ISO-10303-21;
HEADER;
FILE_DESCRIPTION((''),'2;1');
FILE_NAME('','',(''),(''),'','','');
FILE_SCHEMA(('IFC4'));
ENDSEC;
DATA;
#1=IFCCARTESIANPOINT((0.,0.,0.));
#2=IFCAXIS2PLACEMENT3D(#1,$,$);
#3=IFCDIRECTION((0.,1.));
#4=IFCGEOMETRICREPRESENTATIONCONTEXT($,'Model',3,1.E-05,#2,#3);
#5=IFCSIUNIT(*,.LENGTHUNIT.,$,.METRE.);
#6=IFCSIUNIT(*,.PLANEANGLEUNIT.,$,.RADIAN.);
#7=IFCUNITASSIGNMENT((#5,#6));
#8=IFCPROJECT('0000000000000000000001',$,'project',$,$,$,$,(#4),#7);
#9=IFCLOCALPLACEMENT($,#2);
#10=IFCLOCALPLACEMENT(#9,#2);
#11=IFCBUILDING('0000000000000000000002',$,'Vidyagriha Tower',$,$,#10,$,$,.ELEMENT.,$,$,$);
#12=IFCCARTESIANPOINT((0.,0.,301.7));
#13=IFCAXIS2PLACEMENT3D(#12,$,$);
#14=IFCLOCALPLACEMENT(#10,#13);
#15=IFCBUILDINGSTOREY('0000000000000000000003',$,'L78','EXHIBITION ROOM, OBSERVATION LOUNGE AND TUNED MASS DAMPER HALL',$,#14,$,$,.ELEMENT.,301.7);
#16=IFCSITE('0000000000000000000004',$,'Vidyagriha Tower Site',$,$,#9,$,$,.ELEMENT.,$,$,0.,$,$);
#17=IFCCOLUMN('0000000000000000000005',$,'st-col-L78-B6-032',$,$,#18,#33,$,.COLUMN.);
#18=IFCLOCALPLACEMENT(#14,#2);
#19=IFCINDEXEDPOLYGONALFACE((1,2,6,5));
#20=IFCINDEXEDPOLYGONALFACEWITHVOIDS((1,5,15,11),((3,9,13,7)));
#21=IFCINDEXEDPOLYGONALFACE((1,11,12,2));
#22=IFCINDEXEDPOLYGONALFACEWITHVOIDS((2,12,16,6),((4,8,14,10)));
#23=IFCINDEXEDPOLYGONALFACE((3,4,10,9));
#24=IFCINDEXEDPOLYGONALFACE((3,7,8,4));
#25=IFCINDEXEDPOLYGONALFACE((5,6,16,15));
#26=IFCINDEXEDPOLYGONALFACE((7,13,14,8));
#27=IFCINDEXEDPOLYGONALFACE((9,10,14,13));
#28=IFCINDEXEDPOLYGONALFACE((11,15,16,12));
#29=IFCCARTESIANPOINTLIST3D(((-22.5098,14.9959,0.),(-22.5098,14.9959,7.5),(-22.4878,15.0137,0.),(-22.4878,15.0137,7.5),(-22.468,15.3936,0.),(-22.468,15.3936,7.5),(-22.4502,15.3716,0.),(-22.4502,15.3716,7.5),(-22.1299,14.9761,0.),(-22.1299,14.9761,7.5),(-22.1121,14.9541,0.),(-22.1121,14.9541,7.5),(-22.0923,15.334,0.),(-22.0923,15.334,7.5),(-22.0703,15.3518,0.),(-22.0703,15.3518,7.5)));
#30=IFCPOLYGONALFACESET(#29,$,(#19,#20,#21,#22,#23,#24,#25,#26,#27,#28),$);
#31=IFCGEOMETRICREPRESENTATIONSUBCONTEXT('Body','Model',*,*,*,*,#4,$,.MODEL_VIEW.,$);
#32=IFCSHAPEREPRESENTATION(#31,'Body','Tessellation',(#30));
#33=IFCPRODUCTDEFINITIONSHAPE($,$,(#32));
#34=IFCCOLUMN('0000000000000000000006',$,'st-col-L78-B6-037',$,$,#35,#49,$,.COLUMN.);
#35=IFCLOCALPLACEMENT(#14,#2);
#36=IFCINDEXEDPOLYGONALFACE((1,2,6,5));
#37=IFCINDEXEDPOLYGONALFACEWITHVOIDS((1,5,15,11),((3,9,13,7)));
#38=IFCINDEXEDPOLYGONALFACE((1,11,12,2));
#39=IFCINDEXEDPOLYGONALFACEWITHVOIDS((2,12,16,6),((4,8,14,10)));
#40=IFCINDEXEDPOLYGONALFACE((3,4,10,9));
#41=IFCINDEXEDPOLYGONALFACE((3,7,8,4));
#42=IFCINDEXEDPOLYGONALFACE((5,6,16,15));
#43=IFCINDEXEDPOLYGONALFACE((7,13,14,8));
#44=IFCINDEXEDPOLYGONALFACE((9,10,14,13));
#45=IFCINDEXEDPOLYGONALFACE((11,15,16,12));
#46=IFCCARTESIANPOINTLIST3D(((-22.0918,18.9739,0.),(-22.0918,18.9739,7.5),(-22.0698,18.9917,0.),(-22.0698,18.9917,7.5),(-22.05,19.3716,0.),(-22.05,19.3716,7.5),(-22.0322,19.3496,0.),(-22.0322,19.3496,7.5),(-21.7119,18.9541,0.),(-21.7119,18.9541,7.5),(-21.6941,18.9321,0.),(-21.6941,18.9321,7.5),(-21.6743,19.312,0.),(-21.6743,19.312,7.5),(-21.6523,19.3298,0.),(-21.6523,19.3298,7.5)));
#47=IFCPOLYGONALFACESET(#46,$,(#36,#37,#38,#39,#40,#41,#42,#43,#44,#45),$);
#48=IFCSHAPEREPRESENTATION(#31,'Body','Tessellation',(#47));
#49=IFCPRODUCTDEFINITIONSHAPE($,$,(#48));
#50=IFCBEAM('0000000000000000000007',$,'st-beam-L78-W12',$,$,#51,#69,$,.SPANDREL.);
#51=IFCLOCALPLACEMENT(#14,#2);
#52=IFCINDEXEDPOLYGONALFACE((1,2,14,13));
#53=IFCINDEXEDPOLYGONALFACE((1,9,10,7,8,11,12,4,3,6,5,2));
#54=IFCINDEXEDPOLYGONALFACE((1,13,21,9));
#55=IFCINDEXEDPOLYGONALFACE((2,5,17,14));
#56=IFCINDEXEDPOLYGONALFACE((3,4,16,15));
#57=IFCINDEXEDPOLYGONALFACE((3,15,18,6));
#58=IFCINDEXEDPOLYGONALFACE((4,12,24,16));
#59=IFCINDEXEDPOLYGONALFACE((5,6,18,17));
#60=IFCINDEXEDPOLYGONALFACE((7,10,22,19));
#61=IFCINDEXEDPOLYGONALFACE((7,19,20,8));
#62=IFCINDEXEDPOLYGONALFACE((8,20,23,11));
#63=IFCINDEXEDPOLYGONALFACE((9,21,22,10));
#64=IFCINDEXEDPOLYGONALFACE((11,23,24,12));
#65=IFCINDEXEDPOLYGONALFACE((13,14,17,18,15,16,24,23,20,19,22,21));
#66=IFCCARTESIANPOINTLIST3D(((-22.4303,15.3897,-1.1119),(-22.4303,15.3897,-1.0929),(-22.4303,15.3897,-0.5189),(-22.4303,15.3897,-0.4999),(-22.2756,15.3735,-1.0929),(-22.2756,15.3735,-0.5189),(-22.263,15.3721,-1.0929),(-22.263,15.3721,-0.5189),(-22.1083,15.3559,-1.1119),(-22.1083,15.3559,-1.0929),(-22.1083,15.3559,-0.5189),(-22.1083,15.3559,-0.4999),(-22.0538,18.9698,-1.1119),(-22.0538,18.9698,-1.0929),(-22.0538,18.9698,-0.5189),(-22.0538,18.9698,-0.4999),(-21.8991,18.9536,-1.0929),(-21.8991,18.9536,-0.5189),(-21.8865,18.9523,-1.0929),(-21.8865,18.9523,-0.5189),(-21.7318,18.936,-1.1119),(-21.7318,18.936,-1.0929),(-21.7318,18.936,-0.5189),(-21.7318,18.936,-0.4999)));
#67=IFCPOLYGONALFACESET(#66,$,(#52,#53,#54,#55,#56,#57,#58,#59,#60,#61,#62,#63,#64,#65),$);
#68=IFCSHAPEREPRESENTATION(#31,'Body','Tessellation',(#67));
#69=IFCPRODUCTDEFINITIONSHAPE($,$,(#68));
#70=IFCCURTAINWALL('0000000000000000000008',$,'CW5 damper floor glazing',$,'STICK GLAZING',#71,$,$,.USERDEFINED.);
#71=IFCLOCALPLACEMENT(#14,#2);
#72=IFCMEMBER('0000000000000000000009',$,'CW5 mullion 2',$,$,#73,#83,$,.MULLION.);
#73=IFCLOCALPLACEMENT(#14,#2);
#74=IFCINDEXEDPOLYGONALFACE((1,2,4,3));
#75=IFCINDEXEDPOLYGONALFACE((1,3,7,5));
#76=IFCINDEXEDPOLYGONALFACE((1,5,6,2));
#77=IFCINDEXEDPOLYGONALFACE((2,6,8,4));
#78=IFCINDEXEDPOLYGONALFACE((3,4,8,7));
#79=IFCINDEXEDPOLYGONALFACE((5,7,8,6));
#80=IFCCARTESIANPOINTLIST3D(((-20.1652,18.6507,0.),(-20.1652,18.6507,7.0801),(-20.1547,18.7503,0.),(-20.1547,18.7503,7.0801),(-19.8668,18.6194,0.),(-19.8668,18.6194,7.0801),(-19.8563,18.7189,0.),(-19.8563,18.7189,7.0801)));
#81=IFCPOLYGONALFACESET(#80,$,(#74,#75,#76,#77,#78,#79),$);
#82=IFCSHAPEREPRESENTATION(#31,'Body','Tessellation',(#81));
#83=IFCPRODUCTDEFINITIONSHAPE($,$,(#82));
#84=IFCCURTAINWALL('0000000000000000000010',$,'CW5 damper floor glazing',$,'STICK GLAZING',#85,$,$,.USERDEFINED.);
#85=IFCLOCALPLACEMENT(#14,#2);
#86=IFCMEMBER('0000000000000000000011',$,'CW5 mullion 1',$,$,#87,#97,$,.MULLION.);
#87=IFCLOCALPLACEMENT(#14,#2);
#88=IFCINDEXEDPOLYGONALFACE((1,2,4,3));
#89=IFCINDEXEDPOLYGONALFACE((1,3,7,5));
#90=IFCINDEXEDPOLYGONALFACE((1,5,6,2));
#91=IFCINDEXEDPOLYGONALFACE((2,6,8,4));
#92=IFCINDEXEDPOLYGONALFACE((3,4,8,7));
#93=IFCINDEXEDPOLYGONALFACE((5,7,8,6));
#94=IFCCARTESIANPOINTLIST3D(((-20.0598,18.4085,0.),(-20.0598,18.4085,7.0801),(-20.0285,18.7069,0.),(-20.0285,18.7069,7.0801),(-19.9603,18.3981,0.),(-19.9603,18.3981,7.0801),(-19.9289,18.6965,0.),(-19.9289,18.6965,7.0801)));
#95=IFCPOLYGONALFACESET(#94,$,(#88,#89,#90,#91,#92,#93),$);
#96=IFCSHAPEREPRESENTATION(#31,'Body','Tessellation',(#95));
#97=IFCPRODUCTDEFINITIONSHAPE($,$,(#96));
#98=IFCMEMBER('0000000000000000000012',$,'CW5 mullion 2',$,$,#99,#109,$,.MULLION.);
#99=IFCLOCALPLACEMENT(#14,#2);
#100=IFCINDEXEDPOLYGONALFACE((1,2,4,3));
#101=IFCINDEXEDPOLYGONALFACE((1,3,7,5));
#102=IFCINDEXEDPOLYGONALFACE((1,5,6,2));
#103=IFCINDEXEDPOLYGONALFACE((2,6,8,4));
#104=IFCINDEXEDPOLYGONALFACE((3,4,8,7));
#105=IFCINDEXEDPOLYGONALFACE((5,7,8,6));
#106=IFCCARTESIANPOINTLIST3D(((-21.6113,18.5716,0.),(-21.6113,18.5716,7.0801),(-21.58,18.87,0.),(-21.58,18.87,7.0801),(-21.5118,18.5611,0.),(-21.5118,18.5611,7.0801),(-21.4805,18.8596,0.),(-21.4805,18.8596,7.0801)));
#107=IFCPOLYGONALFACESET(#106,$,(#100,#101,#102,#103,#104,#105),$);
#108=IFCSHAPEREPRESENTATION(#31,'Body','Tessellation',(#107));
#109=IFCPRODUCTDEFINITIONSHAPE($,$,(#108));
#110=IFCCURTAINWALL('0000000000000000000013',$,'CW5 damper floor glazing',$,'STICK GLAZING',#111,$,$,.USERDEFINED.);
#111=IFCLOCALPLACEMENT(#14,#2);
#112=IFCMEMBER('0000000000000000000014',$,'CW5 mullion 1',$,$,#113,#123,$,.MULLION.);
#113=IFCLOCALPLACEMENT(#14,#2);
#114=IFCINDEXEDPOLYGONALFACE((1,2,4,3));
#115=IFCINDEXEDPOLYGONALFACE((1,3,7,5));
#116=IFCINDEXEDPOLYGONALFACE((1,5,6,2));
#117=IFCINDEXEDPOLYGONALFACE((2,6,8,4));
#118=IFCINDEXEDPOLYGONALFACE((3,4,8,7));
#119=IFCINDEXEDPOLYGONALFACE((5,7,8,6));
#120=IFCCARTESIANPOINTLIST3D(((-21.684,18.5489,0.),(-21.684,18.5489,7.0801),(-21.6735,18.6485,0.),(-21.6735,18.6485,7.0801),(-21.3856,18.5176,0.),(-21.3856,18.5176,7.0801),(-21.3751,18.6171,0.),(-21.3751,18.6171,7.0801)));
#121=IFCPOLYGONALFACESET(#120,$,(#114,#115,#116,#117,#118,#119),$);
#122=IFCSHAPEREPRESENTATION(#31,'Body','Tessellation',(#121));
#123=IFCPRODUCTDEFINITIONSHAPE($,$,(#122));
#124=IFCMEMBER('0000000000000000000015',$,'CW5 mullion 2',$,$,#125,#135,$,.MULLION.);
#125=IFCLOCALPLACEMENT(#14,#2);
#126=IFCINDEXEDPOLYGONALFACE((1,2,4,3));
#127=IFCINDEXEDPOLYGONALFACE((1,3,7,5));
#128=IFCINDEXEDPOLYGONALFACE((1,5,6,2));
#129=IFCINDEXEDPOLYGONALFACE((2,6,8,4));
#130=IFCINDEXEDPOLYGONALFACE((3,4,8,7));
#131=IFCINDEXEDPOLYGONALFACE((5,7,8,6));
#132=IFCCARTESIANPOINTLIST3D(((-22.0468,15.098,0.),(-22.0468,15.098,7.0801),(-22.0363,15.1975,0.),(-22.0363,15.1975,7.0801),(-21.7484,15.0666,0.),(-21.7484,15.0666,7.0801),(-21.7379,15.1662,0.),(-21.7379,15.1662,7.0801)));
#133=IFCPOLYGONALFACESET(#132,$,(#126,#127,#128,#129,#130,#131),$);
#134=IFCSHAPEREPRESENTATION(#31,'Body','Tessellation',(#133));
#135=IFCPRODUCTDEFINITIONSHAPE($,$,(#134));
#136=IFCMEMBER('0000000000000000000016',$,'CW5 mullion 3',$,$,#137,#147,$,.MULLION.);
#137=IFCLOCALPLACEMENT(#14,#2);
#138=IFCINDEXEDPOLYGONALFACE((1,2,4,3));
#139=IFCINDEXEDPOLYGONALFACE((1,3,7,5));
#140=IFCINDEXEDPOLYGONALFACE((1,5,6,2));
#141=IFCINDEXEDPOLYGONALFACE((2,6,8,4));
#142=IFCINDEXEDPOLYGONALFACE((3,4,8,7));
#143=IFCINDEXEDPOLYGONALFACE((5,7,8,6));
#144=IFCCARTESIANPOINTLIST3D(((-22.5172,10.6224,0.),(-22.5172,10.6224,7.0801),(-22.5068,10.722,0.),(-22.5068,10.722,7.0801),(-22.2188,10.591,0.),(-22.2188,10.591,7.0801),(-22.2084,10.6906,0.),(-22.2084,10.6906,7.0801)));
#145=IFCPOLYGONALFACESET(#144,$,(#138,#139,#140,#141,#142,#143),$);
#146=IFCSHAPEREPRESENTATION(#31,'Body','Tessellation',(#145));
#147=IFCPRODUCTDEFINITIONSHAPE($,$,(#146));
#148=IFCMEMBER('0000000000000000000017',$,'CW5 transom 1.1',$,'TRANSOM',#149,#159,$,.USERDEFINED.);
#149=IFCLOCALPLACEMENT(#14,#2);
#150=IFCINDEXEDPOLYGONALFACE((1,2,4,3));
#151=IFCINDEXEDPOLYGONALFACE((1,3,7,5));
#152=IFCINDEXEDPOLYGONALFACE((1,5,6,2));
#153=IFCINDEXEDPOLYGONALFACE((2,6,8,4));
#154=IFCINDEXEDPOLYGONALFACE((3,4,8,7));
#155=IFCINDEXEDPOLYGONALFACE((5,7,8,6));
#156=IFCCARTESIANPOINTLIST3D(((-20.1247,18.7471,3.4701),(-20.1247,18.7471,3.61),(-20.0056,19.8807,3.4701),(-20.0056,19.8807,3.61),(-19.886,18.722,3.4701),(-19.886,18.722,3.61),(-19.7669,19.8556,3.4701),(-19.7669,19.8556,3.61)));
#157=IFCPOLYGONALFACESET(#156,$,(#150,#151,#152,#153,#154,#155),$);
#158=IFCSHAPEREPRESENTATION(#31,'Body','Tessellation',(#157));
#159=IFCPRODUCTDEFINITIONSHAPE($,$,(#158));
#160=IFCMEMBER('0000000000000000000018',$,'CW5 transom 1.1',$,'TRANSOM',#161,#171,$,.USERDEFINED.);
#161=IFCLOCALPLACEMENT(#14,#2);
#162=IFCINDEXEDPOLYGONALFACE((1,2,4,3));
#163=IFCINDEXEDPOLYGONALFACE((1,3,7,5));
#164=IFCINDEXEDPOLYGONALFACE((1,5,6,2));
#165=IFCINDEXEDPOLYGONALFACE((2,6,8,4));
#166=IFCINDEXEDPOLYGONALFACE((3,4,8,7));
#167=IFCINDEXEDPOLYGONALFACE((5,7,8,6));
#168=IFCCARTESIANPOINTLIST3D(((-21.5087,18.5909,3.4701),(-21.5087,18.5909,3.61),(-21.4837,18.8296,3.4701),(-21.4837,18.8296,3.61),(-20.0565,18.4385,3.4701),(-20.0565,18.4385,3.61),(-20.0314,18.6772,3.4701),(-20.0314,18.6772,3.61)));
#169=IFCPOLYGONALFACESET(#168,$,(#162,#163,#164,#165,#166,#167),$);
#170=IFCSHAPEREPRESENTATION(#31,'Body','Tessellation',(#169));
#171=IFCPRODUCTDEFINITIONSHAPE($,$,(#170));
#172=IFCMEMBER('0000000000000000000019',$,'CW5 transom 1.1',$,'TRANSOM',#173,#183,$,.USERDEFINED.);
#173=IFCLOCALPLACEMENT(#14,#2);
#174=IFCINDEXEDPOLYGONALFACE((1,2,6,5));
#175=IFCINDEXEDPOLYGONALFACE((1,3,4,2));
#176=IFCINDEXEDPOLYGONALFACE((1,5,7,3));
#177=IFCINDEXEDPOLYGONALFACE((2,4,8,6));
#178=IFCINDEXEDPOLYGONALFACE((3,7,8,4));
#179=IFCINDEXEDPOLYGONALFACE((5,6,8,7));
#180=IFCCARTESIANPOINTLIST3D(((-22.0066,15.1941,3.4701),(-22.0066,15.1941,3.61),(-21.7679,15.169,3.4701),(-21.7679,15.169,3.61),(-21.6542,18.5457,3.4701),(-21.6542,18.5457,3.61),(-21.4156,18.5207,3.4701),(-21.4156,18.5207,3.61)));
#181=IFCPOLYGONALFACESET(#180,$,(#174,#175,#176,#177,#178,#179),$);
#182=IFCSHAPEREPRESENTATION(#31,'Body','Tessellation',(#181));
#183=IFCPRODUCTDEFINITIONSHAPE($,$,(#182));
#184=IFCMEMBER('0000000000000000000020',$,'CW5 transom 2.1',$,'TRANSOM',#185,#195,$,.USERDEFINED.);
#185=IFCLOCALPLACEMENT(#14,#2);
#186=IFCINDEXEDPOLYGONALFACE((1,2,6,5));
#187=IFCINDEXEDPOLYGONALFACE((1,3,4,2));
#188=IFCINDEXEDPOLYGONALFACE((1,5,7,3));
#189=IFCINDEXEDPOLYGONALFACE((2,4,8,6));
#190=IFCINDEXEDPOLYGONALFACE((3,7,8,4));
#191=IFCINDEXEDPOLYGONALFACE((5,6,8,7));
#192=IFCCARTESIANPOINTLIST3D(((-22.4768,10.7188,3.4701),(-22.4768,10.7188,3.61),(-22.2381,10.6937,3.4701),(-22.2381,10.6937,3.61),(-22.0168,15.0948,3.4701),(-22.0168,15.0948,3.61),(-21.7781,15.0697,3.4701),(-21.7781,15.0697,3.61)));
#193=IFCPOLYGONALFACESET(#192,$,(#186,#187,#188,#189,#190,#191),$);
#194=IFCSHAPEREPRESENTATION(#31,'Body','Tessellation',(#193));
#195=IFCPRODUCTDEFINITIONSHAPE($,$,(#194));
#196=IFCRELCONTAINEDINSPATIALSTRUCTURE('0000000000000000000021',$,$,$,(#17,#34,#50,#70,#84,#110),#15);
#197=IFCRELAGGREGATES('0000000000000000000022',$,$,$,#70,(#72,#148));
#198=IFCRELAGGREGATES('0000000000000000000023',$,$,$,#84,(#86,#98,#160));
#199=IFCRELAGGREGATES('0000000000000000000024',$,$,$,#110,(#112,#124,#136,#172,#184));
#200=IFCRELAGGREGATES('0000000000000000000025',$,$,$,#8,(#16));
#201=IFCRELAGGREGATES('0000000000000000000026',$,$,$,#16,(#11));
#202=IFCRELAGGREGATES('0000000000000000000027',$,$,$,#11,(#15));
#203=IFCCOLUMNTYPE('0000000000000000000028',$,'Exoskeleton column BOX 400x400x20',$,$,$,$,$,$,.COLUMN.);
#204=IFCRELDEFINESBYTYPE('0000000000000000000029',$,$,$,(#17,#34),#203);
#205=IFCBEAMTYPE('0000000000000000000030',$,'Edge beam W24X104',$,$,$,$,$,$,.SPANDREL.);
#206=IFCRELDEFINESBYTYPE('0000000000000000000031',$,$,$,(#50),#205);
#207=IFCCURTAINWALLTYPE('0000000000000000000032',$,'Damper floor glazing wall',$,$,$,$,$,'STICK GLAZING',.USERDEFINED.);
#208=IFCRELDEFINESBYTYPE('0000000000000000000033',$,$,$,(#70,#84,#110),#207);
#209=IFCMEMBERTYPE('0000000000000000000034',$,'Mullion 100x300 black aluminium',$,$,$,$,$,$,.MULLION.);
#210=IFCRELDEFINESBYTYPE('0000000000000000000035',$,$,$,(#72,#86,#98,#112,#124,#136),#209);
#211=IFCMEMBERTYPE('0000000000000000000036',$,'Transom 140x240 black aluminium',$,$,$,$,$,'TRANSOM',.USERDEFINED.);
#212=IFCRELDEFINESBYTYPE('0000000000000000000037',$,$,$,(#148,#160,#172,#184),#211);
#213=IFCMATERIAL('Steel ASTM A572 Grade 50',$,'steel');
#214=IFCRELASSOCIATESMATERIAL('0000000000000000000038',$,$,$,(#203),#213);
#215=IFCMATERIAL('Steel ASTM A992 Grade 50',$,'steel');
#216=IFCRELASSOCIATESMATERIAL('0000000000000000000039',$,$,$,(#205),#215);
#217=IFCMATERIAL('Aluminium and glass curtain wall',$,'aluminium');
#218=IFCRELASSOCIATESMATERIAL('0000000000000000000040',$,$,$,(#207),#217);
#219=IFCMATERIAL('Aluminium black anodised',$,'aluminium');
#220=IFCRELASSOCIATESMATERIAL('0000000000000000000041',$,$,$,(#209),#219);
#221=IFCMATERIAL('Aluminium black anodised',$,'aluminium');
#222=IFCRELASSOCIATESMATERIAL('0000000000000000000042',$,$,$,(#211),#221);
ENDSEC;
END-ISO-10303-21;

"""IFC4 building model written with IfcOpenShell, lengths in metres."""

from ifc_helpers import new_model, si_unit, direction, frame, origin, origin_2d, place, context, subcontext, project, spatial, rectangle, hollow_rectangle, i_section, extrude, material, material_profile, profile_set, type_object, element, aggregate, save


model = new_model("IFC4")

# Units and contexts
model_context = context("Model", 3, precision=1e-05, world=origin(), true_north=direction((0.0, 1.0)))
body_context = subcontext(model_context, "Body", "Model", "MODEL_VIEW")
ifc_project = project(units=[si_unit("LENGTHUNIT", "METRE"), si_unit("PLANEANGLEUNIT", "RADIAN")], contexts=[model_context])

# Site, building, storey
site_placement = place(None, origin())
site = spatial("IfcSite", under=ifc_project, at=site_placement, Name="Vidyagriha Tower Site", CompositionType="ELEMENT", RefElevation=0.0)
building_placement = place(site_placement, origin())
building = spatial("IfcBuilding", under=site, at=building_placement, Name="Vidyagriha Tower", CompositionType="ELEMENT")
storey_placement = place(building_placement, frame((0.0, 0.0, 301.7)))
storey = spatial("IfcBuildingStorey", under=building, at=storey_placement, Name="L78", Description="EXHIBITION ROOM, OBSERVATION LOUNGE AND TUNED MASS DAMPER HALL", CompositionType="ELEMENT", Elevation=301.7)

# Columns
ifc_material_1 = material(Name="Steel ASTM A572 Grade 50", Category="steel")
ifc_material_profile_1 = material_profile(ifc_material_1, hollow_rectangle(XDim=0.3999, YDim=0.3999, WallThickness=0.02, at=origin_2d()), Name="BOX 400x400x20")
ifc_profile_set_1 = profile_set([ifc_material_profile_1], Name="Steel ASTM A572 Grade 50")
column_type = type_object("IfcColumnType", Name="Exoskeleton column BOX 400x400x20", PredefinedType="COLUMN", material=ifc_profile_set_1)
for number, where, z_axis, x_axis, name in (
    (1, (-22.29, 15.1738, 0.0), (0.0, 0.0, 1.0), (0.994522, -0.104528, 0.0), "st-col-L78-B6-032"),
    (2, (-21.8721, 19.1519, 0.0), (0.0, 0.0, 1.0), (0.994522, -0.104528, 0.0), "st-col-L78-B6-037"),
):
    element("IfcColumn", number, at=place(storey_placement, frame(where, z_axis=z_axis, x_axis=x_axis)), inside=storey, type_object=column_type, Name=name, PredefinedType="COLUMN", context=body_context, shape_type="SweptSolid", body=[
        extrude(hollow_rectangle(XDim=0.3999, YDim=0.3999, WallThickness=0.02, at=origin_2d()), origin(), (0.0, 0.0, 1.0), 7.5),
    ])

# Beam
ifc_material_2 = material(Name="Steel ASTM A992 Grade 50", Category="steel")
ifc_material_profile_2 = material_profile(ifc_material_2, i_section(OverallWidth=0.3237, OverallDepth=0.6121, WebThickness=0.0127, FlangeThickness=0.019, at=origin_2d()), Name="W24X104")
ifc_profile_set_2 = profile_set([ifc_material_profile_2], Name="Steel ASTM A992 Grade 50")
beam_type = type_object("IfcBeamType", Name="Edge beam W24X104", PredefinedType="SPANDREL", material=ifc_profile_set_2)
beam_placement = place(storey_placement, frame((-22.2693, 15.3728, -0.8059), z_axis=(0.104579, 0.994517, 0.0), x_axis=(-0.994517, 0.104579, 0.0)))
element("IfcBeam", 3, at=beam_placement, inside=storey, type_object=beam_type, Name="st-beam-L78-W12", PredefinedType="SPANDREL", context=body_context, shape_type="SweptSolid", body=[
    extrude(i_section(OverallWidth=0.3237, OverallDepth=0.6121, WebThickness=0.0127, FlangeThickness=0.019, at=origin_2d()), origin(), (0.0, 0.0, 1.0), 3.5999),
])

# Curtain wall, member
ifc_material_3 = material(Name="Aluminium and glass curtain wall", Category="aluminium")
curtain_wall_type = type_object("IfcCurtainWallType", Name="Damper floor glazing wall", ElementType="STICK GLAZING", PredefinedType="USERDEFINED", material=ifc_material_3)
curtain_wall_1_placement = place(storey_placement, origin())
curtain_wall_1 = element("IfcCurtainWall", 4, at=curtain_wall_1_placement, inside=storey, type_object=curtain_wall_type, Name="CW5 damper floor glazing", ObjectType="STICK GLAZING", PredefinedType="USERDEFINED")
ifc_material_4 = material(Name="Aluminium black anodised", Category="aluminium")
ifc_material_profile_3 = material_profile(ifc_material_4, rectangle(XDim=0.3, YDim=0.1001, at=origin_2d()), Name="Mullion 100x300 black aluminium")
ifc_profile_set_3 = profile_set([ifc_material_profile_3], Name="Aluminium black anodised")
member_type_1 = type_object("IfcMemberType", Name="Mullion 100x300 black aluminium", PredefinedType="MULLION", material=ifc_profile_set_3)
member_1_placement = place(storey_placement, frame((-20.0107, 18.6848, 0.0), z_axis=(0.0, 0.0, 1.0), x_axis=(0.994518, -0.104564, 0.0)))
member_1 = element("IfcMember", 5, at=member_1_placement, type_object=member_type_1, Name="CW5 mullion 2", PredefinedType="MULLION", context=body_context, shape_type="SweptSolid", body=[
    extrude(rectangle(XDim=0.3, YDim=0.1001, at=origin_2d()), origin(), (0.0, 0.0, 1.0), 7.0801),
])

# Curtain walls, members
curtain_wall_2_placement = place(storey_placement, origin())
curtain_wall_2 = element("IfcCurtainWall", 6, at=curtain_wall_2_placement, inside=storey, type_object=curtain_wall_type, Name="CW5 damper floor glazing", ObjectType="STICK GLAZING", PredefinedType="USERDEFINED")
member_2_placement = place(storey_placement, frame((-19.9944, 18.5525, 0.0), z_axis=(0.0, 0.0, 1.0), x_axis=(-0.104453, -0.99453, 0.0)))
member_2 = element("IfcMember", 7, at=member_2_placement, type_object=member_type_1, Name="CW5 mullion 1", PredefinedType="MULLION", context=body_context, shape_type="SweptSolid", body=[
    extrude(rectangle(XDim=0.3, YDim=0.1001, at=origin_2d()), origin(), (0.0, 0.0, 1.0), 7.0801),
])
member_3_placement = place(storey_placement, frame((-21.5459, 18.7156, 0.0), z_axis=(0.0, 0.0, 1.0), x_axis=(-0.104453, -0.99453, 0.0)))
member_3 = element("IfcMember", 8, at=member_3_placement, type_object=member_type_1, Name="CW5 mullion 2", PredefinedType="MULLION", context=body_context, shape_type="SweptSolid", body=[
    extrude(rectangle(XDim=0.3, YDim=0.1001, at=origin_2d()), origin(), (0.0, 0.0, 1.0), 7.0801),
])
curtain_wall_3_placement = place(storey_placement, origin())
curtain_wall_3 = element("IfcCurtainWall", 9, at=curtain_wall_3_placement, inside=storey, type_object=curtain_wall_type, Name="CW5 damper floor glazing", ObjectType="STICK GLAZING", PredefinedType="USERDEFINED")
member_4_placement = place(storey_placement, frame((-21.5295, 18.583, 0.0), z_axis=(0.0, 0.0, 1.0), x_axis=(0.994522, -0.104527, 0.0)))
member_4 = element("IfcMember", 10, at=member_4_placement, type_object=member_type_1, Name="CW5 mullion 1", PredefinedType="MULLION", context=body_context, shape_type="SweptSolid", body=[
    extrude(rectangle(XDim=0.3, YDim=0.1001, at=origin_2d()), origin(), (0.0, 0.0, 1.0), 7.0801),
])
member_5_placement = place(storey_placement, frame((-21.8923, 15.1321, 0.0), z_axis=(0.0, 0.0, 1.0), x_axis=(0.994522, -0.104527, 0.0)))
member_5 = element("IfcMember", 11, at=member_5_placement, type_object=member_type_1, Name="CW5 mullion 2", PredefinedType="MULLION", context=body_context, shape_type="SweptSolid", body=[
    extrude(rectangle(XDim=0.3, YDim=0.1001, at=origin_2d()), origin(), (0.0, 0.0, 1.0), 7.0801),
])
member_6_placement = place(storey_placement, frame((-22.3628, 10.6565, 0.0), z_axis=(0.0, 0.0, 1.0), x_axis=(0.994522, -0.104527, 0.0)))
member_6 = element("IfcMember", 12, at=member_6_placement, type_object=member_type_1, Name="CW5 mullion 3", PredefinedType="MULLION", context=body_context, shape_type="SweptSolid", body=[
    extrude(rectangle(XDim=0.3, YDim=0.1001, at=origin_2d()), origin(), (0.0, 0.0, 1.0), 7.0801),
])

# Members
ifc_material_5 = material(Name="Aluminium black anodised", Category="aluminium")
ifc_material_profile_4 = material_profile(ifc_material_5, rectangle(XDim=0.24, YDim=0.1399, at=origin_2d()), Name="Transom 140x240 black aluminium")
ifc_profile_set_4 = profile_set([ifc_material_profile_4], Name="Aluminium black anodised")
member_type_2 = type_object("IfcMemberType", Name="Transom 140x240 black aluminium", ElementType="TRANSOM", PredefinedType="USERDEFINED", material=ifc_profile_set_4)
member_7_placement = place(storey_placement, frame((-19.8862, 19.8682, 3.54), z_axis=(-0.104529, -0.994522, 0.0), x_axis=(0.994522, -0.104529, 0.0)))
member_7 = element("IfcMember", 13, at=member_7_placement, type_object=member_type_2, Name="CW5 transom 1.1", ObjectType="TRANSOM", PredefinedType="USERDEFINED", context=body_context, shape_type="SweptSolid", body=[
    extrude(rectangle(XDim=0.24, YDim=0.1399, at=origin_2d()), origin(), (0.0, 0.0, 1.0), 1.1399),
])
member_8_placement = place(storey_placement, frame((-20.0439, 18.5579, 3.54), z_axis=(-0.994542, 0.104337, 0.0), x_axis=(-0.104337, -0.994542, 0.0)))
member_8 = element("IfcMember", 14, at=member_8_placement, type_object=member_type_2, Name="CW5 transom 1.1", ObjectType="TRANSOM", PredefinedType="USERDEFINED", context=body_context, shape_type="SweptSolid", body=[
    extrude(rectangle(XDim=0.24, YDim=0.1399, at=origin_2d()), origin(), (0.0, 0.0, 1.0), 1.4602),
])
member_9_placement = place(storey_placement, frame((-21.5349, 18.5332, 3.54), z_axis=(-0.104538, -0.994521, 0.0), x_axis=(0.994521, -0.104538, 0.0)))
member_9 = element("IfcMember", 15, at=member_9_placement, type_object=member_type_2, Name="CW5 transom 1.1", ObjectType="TRANSOM", PredefinedType="USERDEFINED", context=body_context, shape_type="SweptSolid", body=[
    extrude(rectangle(XDim=0.24, YDim=0.1399, at=origin_2d()), origin(), (0.0, 0.0, 1.0), 3.3701),
])
member_10_placement = place(storey_placement, frame((-21.8975, 15.0823, 3.54), z_axis=(-0.104535, -0.994521, 0.0), x_axis=(0.994521, -0.104535, 0.0)))
member_10 = element("IfcMember", 16, at=member_10_placement, type_object=member_type_2, Name="CW5 transom 2.1", ObjectType="TRANSOM", PredefinedType="USERDEFINED", context=body_context, shape_type="SweptSolid", body=[
    extrude(rectangle(XDim=0.24, YDim=0.1399, at=origin_2d()), origin(), (0.0, 0.0, 1.0), 4.4001),
])

aggregate(curtain_wall_1, [member_1, member_7])
aggregate(curtain_wall_2, [member_2, member_3, member_8])
aggregate(curtain_wall_3, [member_4, member_5, member_6, member_9, member_10])

save(model, "model.ifc")
